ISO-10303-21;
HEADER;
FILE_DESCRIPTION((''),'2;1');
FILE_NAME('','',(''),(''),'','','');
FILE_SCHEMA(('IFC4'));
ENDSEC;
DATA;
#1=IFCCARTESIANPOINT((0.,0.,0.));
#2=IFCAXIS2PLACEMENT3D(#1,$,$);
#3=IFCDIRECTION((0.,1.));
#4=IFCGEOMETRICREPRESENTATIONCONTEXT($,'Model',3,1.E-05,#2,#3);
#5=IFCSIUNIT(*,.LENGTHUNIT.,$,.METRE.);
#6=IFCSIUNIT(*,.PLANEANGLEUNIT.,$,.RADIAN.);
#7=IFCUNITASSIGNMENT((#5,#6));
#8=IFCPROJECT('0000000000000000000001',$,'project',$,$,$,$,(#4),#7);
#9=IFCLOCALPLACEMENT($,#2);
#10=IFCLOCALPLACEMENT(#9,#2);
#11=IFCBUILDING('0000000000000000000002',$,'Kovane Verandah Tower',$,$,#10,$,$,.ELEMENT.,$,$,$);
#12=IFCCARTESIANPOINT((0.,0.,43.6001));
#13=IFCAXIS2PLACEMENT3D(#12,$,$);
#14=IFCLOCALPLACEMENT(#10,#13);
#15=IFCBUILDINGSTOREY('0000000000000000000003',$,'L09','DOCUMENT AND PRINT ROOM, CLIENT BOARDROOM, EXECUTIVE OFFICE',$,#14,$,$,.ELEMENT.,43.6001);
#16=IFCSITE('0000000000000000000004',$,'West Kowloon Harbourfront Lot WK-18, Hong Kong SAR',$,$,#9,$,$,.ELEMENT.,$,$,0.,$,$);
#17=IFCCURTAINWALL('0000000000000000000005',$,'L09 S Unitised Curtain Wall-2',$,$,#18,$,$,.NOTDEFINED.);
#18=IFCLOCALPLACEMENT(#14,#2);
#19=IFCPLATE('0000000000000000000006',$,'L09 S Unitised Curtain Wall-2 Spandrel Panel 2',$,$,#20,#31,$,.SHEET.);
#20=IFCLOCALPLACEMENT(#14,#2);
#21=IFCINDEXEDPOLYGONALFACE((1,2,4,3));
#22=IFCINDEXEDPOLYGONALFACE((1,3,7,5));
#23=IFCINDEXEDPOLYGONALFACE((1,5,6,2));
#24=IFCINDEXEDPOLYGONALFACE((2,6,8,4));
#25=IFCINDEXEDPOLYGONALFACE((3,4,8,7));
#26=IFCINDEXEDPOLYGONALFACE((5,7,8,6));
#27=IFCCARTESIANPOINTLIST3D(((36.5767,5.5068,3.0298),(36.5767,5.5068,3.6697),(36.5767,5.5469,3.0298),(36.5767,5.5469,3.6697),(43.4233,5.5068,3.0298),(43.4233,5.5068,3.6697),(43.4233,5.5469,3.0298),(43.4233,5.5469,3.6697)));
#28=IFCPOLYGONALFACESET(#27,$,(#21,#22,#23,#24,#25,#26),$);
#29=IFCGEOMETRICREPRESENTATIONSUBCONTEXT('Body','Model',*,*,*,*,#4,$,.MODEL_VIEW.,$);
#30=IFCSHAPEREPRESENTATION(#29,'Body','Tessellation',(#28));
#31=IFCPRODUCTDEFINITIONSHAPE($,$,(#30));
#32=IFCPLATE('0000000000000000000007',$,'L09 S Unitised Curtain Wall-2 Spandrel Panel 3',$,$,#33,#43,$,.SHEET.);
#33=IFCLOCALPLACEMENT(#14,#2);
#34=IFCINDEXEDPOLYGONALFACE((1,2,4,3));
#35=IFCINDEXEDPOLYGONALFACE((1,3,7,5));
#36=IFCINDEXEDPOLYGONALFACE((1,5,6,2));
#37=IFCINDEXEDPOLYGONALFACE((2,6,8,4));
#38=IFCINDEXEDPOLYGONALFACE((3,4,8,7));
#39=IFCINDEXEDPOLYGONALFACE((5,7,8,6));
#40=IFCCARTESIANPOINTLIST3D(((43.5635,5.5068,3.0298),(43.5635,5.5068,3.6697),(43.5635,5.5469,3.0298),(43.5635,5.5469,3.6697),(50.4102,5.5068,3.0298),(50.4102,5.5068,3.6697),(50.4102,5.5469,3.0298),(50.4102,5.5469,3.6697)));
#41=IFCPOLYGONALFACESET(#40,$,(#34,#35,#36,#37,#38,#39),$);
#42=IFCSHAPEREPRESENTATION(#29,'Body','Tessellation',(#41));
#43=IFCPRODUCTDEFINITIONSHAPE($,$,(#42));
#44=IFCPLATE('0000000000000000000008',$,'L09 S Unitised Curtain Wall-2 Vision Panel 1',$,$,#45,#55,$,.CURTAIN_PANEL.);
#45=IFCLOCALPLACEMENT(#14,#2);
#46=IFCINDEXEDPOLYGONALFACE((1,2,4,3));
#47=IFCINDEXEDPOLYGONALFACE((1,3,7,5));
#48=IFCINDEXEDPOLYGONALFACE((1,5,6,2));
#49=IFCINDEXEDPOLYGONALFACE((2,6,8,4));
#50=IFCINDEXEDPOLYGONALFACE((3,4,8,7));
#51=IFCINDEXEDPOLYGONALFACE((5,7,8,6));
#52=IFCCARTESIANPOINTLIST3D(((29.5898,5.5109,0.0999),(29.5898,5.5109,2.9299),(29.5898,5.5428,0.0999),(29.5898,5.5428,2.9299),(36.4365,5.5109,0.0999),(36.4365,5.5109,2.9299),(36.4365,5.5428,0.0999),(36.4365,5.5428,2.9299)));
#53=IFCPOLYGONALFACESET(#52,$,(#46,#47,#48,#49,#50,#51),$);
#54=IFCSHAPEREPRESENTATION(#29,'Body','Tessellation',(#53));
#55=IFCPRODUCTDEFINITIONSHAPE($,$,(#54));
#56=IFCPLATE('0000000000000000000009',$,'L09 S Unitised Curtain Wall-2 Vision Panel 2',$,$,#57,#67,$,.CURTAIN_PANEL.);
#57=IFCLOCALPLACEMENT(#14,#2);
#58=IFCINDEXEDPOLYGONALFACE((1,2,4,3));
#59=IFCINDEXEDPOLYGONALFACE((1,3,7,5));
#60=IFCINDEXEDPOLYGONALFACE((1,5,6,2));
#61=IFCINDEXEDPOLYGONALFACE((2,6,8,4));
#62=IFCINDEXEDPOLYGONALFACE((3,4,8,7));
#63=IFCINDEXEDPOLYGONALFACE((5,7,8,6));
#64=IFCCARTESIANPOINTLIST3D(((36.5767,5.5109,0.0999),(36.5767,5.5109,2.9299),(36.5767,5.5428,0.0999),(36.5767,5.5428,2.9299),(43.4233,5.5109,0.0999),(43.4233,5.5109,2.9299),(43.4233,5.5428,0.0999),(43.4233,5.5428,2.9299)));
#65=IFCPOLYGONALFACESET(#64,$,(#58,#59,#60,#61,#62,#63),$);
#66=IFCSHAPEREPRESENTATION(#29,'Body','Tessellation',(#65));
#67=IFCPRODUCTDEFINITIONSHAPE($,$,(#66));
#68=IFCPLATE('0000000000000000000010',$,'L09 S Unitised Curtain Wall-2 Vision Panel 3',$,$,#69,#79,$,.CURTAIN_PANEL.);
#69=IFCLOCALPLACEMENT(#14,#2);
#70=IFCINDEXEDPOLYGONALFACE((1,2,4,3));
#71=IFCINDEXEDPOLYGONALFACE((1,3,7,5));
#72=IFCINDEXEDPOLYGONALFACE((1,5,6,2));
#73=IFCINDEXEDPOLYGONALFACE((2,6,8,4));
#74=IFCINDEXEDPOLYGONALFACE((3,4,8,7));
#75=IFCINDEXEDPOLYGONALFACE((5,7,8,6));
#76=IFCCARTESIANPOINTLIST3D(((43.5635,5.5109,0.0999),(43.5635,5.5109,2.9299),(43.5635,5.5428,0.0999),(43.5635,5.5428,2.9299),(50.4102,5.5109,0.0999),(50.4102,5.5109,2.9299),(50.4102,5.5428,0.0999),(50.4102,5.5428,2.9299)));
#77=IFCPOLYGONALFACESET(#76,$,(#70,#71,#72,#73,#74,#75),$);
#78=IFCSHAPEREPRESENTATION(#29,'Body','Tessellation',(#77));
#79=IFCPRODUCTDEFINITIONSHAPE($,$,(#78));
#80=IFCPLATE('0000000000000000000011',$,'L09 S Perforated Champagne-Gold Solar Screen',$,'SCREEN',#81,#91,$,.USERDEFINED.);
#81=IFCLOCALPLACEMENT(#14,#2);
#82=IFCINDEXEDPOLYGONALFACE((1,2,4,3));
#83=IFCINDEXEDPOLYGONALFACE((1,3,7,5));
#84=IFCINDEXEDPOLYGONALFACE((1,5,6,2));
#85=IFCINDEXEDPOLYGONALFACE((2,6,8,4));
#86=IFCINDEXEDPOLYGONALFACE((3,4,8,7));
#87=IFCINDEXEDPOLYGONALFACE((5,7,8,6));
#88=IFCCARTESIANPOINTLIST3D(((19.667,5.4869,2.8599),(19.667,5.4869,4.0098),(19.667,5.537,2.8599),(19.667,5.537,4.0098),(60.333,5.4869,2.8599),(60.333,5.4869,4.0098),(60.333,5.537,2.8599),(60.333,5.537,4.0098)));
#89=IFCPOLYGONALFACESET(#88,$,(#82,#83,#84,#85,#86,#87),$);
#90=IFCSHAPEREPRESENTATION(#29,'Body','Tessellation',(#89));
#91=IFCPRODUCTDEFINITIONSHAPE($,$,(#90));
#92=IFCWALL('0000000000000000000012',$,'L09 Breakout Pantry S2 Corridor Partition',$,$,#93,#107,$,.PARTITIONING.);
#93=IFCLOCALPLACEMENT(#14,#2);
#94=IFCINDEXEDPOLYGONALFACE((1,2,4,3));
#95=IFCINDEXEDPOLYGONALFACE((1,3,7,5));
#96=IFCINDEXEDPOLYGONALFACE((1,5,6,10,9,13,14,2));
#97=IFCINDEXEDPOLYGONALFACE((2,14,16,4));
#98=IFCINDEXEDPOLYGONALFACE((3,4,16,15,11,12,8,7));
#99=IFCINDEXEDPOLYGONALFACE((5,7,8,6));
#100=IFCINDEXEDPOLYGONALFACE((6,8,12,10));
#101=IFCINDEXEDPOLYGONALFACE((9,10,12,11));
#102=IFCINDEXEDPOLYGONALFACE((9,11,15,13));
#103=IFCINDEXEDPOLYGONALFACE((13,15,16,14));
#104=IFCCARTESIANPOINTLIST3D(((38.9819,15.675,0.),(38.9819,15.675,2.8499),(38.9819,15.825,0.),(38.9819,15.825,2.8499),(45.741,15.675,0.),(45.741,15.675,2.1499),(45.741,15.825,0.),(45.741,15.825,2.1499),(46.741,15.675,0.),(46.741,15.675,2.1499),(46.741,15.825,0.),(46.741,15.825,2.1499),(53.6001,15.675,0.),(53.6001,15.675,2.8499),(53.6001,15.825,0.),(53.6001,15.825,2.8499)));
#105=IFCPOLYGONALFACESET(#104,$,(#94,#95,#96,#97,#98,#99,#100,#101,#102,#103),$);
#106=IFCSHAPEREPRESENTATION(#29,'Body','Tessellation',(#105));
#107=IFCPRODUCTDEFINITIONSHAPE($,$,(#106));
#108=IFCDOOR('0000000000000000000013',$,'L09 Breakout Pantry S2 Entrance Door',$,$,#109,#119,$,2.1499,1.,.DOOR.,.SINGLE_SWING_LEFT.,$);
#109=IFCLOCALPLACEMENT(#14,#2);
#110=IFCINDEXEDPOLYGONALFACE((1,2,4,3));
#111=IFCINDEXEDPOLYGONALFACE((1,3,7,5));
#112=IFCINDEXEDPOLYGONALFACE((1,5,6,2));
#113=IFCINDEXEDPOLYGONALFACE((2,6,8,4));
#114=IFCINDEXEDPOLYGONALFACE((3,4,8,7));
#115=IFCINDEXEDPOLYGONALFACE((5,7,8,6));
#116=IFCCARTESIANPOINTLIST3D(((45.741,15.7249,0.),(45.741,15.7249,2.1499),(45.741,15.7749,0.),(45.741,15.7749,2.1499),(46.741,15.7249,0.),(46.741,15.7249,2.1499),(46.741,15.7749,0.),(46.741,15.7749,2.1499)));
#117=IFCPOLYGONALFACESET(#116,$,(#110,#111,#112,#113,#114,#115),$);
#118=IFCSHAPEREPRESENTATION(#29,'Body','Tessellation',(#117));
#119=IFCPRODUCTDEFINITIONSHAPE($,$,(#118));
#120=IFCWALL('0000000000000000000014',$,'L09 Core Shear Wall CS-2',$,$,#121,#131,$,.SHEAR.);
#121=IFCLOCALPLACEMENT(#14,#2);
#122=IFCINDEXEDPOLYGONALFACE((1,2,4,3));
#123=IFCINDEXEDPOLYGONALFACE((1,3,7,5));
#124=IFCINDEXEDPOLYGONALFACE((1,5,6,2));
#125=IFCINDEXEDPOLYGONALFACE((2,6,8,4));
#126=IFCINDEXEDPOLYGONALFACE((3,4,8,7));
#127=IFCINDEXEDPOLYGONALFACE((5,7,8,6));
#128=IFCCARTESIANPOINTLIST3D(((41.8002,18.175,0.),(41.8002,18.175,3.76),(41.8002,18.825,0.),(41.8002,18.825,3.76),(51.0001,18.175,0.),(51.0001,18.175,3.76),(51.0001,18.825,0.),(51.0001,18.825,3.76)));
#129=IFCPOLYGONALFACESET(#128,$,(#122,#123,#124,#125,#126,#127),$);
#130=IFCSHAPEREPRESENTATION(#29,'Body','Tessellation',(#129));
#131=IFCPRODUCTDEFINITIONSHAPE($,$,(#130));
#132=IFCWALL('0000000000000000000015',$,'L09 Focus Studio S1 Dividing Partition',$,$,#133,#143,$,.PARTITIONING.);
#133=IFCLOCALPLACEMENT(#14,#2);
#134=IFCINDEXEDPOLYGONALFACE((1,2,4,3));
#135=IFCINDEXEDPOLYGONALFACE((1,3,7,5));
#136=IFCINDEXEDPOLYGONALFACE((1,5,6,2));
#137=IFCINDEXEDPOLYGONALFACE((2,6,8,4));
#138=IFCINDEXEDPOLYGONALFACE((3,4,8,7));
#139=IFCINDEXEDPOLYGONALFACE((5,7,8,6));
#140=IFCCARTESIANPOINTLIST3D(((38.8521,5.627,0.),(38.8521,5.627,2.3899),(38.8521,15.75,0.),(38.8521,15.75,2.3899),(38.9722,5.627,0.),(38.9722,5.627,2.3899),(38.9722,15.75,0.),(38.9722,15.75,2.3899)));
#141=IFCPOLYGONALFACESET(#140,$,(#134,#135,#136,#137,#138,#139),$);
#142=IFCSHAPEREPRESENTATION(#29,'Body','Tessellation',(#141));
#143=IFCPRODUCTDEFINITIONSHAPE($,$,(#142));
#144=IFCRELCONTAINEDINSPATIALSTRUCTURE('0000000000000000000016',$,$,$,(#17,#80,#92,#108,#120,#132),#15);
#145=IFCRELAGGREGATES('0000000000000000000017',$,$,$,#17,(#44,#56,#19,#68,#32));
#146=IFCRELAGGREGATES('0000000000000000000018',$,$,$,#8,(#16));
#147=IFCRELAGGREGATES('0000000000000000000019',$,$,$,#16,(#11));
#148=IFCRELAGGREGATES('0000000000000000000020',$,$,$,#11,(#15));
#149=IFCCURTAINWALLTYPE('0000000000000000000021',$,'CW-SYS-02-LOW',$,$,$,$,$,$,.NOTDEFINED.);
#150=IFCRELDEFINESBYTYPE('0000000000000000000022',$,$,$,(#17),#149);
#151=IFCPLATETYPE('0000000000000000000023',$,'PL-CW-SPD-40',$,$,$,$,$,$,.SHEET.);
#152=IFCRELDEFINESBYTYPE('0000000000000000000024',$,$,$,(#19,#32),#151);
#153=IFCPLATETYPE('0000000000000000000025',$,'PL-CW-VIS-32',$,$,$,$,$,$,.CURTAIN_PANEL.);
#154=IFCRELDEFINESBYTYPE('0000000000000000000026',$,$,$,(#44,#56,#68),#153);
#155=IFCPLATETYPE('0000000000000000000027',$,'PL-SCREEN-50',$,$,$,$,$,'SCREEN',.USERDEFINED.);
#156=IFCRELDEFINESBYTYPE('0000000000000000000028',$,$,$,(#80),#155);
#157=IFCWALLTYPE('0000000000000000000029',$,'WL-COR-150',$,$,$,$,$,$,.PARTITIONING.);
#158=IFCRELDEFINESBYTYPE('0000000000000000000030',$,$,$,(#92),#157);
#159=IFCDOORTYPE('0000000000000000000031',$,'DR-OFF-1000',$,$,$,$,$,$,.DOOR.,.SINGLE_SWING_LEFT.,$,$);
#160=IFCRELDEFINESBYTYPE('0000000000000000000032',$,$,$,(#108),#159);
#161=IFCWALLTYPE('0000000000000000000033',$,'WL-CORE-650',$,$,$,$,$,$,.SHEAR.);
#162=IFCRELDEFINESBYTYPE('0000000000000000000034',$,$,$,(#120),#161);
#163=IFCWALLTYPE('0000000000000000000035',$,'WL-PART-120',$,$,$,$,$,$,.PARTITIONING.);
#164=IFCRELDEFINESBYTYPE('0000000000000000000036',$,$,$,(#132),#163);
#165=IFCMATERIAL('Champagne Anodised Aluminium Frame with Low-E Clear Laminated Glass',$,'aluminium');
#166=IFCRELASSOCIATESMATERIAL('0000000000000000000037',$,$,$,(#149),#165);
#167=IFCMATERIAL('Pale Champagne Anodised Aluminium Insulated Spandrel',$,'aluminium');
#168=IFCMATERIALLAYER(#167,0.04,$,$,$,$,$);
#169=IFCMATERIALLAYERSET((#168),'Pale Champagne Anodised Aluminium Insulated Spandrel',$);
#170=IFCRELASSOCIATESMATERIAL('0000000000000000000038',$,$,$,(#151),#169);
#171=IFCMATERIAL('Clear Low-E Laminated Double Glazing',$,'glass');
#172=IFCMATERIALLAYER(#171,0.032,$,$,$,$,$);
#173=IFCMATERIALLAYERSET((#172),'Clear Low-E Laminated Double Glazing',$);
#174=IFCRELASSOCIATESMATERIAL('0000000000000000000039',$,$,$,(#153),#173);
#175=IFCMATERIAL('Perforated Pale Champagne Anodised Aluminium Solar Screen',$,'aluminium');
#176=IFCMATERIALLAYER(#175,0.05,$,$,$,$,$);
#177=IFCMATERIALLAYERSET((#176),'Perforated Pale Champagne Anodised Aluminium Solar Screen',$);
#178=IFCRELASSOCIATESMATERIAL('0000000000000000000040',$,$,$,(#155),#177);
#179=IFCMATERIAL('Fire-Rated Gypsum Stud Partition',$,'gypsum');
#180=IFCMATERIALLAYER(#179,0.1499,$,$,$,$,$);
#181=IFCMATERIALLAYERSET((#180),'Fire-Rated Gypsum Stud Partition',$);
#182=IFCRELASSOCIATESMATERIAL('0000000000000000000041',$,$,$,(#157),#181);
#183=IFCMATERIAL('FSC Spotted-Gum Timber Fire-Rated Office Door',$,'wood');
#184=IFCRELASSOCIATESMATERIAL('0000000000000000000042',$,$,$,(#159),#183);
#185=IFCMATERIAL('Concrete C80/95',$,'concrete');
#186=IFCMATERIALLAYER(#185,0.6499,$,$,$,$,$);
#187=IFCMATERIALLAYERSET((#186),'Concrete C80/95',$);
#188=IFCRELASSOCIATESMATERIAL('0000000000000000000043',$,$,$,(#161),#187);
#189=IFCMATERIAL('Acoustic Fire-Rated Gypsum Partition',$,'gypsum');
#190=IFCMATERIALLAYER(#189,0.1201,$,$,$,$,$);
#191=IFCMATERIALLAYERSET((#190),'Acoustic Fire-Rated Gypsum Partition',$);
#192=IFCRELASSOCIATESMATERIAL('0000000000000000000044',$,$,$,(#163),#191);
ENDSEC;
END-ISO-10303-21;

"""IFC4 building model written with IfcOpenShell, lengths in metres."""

from ifc_helpers import new_model, si_unit, direction, frame, frame_2d, origin, origin_2d, place, context, subcontext, project, spatial, rectangle, extrude, material, layer, layer_set, type_object, element, fill, aggregate, save


model = new_model("IFC4")

# Units and contexts
model_context = context("Model", 3, precision=1e-05, world=origin(), true_north=direction((0.0, 1.0)))
body_context = subcontext(model_context, "Body", "Model", "MODEL_VIEW")
ifc_project = project(units=[si_unit("LENGTHUNIT", "METRE"), si_unit("PLANEANGLEUNIT", "RADIAN")], contexts=[model_context])

# Site, building, storey
site_placement = place(None, origin())
site = spatial("IfcSite", under=ifc_project, at=site_placement, Name="West Kowloon Harbourfront Lot WK-18, Hong Kong SAR", CompositionType="ELEMENT", RefElevation=0.0)
building_placement = place(site_placement, origin())
building = spatial("IfcBuilding", under=site, at=building_placement, Name="Kovane Verandah Tower", CompositionType="ELEMENT")
storey_placement = place(building_placement, frame((0.0, 0.0, 43.6001)))
storey = spatial("IfcBuildingStorey", under=building, at=storey_placement, Name="L09", Description="DOCUMENT AND PRINT ROOM, CLIENT BOARDROOM, EXECUTIVE OFFICE", CompositionType="ELEMENT", Elevation=43.6001)

# Shared definitions
ifc_material_1 = material(Name="Concrete C80/95", Category="concrete")

# Curtain wall, plates
ifc_material_2 = material(Name="Champagne Anodised Aluminium Frame with Low-E Clear Laminated Glass", Category="aluminium")
curtain_wall_type = type_object("IfcCurtainWallType", Name="CW-SYS-02-LOW", PredefinedType="NOTDEFINED", material=ifc_material_2)
curtain_wall_placement = place(storey_placement, origin())
curtain_wall = element("IfcCurtainWall", 1, at=curtain_wall_placement, inside=storey, type_object=curtain_wall_type, Name="L09 S Unitised Curtain Wall-2", PredefinedType="NOTDEFINED")
ifc_material_3 = material(Name="Pale Champagne Anodised Aluminium Insulated Spandrel", Category="aluminium")
ifc_layer_1 = layer(ifc_material_3, 0.04)
ifc_layer_set_1 = layer_set([ifc_layer_1], Name="Pale Champagne Anodised Aluminium Insulated Spandrel")
plate_type_1 = type_object("IfcPlateType", Name="PL-CW-SPD-40", PredefinedType="SHEET", material=ifc_layer_set_1)
plate_1_placement = place(storey_placement, frame((40.0, 5.5269, 3.0298), z_axis=(0.0, 0.0, 1.0), x_axis=(1.0, 0.0, 0.0)))
plate_1 = element("IfcPlate", 2, at=plate_1_placement, type_object=plate_type_1, Name="L09 S Unitised Curtain Wall-2 Spandrel Panel 2", PredefinedType="SHEET", context=body_context, shape_type="SweptSolid", body=[
    extrude(rectangle(XDim=6.8467, YDim=0.04, at=origin_2d()), origin(), (0.0, 0.0, 1.0), 0.6399),
])
plate_2_placement = place(storey_placement, frame((46.9868, 5.5269, 3.0298), z_axis=(0.0, 0.0, 1.0), x_axis=(1.0, 0.0, 0.0)))
plate_2 = element("IfcPlate", 3, at=plate_2_placement, type_object=plate_type_1, Name="L09 S Unitised Curtain Wall-2 Spandrel Panel 3", PredefinedType="SHEET", context=body_context, shape_type="SweptSolid", body=[
    extrude(rectangle(XDim=6.8467, YDim=0.04, at=origin_2d()), origin(), (0.0, 0.0, 1.0), 0.6399),
])
ifc_material_4 = material(Name="Clear Low-E Laminated Double Glazing", Category="glass")
ifc_layer_2 = layer(ifc_material_4, 0.032)
ifc_layer_set_2 = layer_set([ifc_layer_2], Name="Clear Low-E Laminated Double Glazing")
plate_type_2 = type_object("IfcPlateType", Name="PL-CW-VIS-32", PredefinedType="CURTAIN_PANEL", material=ifc_layer_set_2)
plate_3_placement = place(storey_placement, frame((33.0132, 5.5269, 0.0999), z_axis=(0.0, 0.0, 1.0), x_axis=(1.0, 0.0, 0.0)))
plate_3 = element("IfcPlate", 4, at=plate_3_placement, type_object=plate_type_2, Name="L09 S Unitised Curtain Wall-2 Vision Panel 1", PredefinedType="CURTAIN_PANEL", context=body_context, shape_type="SweptSolid", body=[
    extrude(rectangle(XDim=6.8467, YDim=0.032, at=origin_2d()), origin(), (0.0, 0.0, 1.0), 2.8301),
])
plate_4_placement = place(storey_placement, frame((40.0, 5.5269, 0.0999), z_axis=(0.0, 0.0, 1.0), x_axis=(1.0, 0.0, 0.0)))
plate_4 = element("IfcPlate", 5, at=plate_4_placement, type_object=plate_type_2, Name="L09 S Unitised Curtain Wall-2 Vision Panel 2", PredefinedType="CURTAIN_PANEL", context=body_context, shape_type="SweptSolid", body=[
    extrude(rectangle(XDim=6.8467, YDim=0.032, at=origin_2d()), origin(), (0.0, 0.0, 1.0), 2.8301),
])
plate_5_placement = place(storey_placement, frame((46.9868, 5.5269, 0.0999), z_axis=(0.0, 0.0, 1.0), x_axis=(1.0, 0.0, 0.0)))
plate_5 = element("IfcPlate", 6, at=plate_5_placement, type_object=plate_type_2, Name="L09 S Unitised Curtain Wall-2 Vision Panel 3", PredefinedType="CURTAIN_PANEL", context=body_context, shape_type="SweptSolid", body=[
    extrude(rectangle(XDim=6.8467, YDim=0.032, at=origin_2d()), origin(), (0.0, 0.0, 1.0), 2.8301),
])
aggregate(curtain_wall, [plate_3, plate_4, plate_1, plate_5, plate_2])

# Plate
ifc_material_5 = material(Name="Perforated Pale Champagne Anodised Aluminium Solar Screen", Category="aluminium")
ifc_layer_3 = layer(ifc_material_5, 0.05)
ifc_layer_set_3 = layer_set([ifc_layer_3], Name="Perforated Pale Champagne Anodised Aluminium Solar Screen")
plate_type_3 = type_object("IfcPlateType", Name="PL-SCREEN-50", ElementType="SCREEN", PredefinedType="USERDEFINED", material=ifc_layer_set_3)
plate_6_placement = place(storey_placement, frame((40.0, 5.512, 2.8599), z_axis=(0.0, 0.0, 1.0), x_axis=(1.0, 0.0, 0.0)))
element("IfcPlate", 7, at=plate_6_placement, inside=storey, type_object=plate_type_3, Name="L09 S Perforated Champagne-Gold Solar Screen", ObjectType="SCREEN", PredefinedType="USERDEFINED", context=body_context, shape_type="SweptSolid", body=[
    extrude(rectangle(XDim=40.666, YDim=0.05, at=origin_2d()), origin(), (0.0, 0.0, 1.0), 1.1499),
])

# Wall, opening, door
ifc_material_6 = material(Name="Fire-Rated Gypsum Stud Partition", Category="gypsum")
ifc_layer_4 = layer(ifc_material_6, 0.1499)
ifc_layer_set_4 = layer_set([ifc_layer_4], Name="Fire-Rated Gypsum Stud Partition")
wall_type_1 = type_object("IfcWallType", Name="WL-COR-150", PredefinedType="PARTITIONING", material=ifc_layer_set_4)
wall_1_placement = place(storey_placement, frame((38.9819, 15.75, 0.0), z_axis=(0.0, 0.0, 1.0), x_axis=(1.0, 0.0, 0.0)))
wall_1 = element("IfcWall", 8, at=wall_1_placement, inside=storey, type_object=wall_type_1, Name="L09 Breakout Pantry S2 Corridor Partition", PredefinedType="PARTITIONING", context=body_context, shape_type="SweptSolid", body=[
    extrude(rectangle(XDim=14.6182, YDim=0.1499, at=frame_2d((7.3091, 0.0))), origin(), (0.0, 0.0, 1.0), 2.8499),
])
opening_placement = place(wall_1_placement, frame((6.759, 0.0, 0.0)))
opening = element("IfcOpeningElement", 9, at=opening_placement, cuts=wall_1, PredefinedType="OPENING", context=body_context, shape_type="SweptSolid", body=[
    extrude(rectangle(XDim=1.0, YDim=2.1499, at=frame_2d((0.5, 1.075))), frame((0.0, 0.075, 0.0), z_axis=(0.0, -1.0, 0.0), x_axis=(1.0, 0.0, 0.0)), (0.0, 0.0, 1.0), 0.1499),
])
ifc_material_7 = material(Name="FSC Spotted-Gum Timber Fire-Rated Office Door", Category="wood")
door_type = type_object("IfcDoorType", Name="DR-OFF-1000", OperationType="SINGLE_SWING_LEFT", PredefinedType="DOOR", material=ifc_material_7)
door_placement = place(opening_placement, origin())
door = element("IfcDoor", 10, at=door_placement, inside=storey, type_object=door_type, Name="L09 Breakout Pantry S2 Entrance Door", OperationType="SINGLE_SWING_LEFT", OverallHeight=2.1499, OverallWidth=1.0, PredefinedType="DOOR", context=body_context, shape_type="SweptSolid", body=[
    extrude(rectangle(XDim=1.0, YDim=2.1499, at=frame_2d((0.5, 1.075))), frame((0.0, 0.0249, 0.0), z_axis=(0.0, -1.0, 0.0), x_axis=(1.0, 0.0, 0.0)), (0.0, 0.0, 1.0), 0.05),
])
fill(opening, door)

# Walls
ifc_layer_5 = layer(ifc_material_1, 0.6499)
ifc_layer_set_5 = layer_set([ifc_layer_5], Name="Concrete C80/95")
wall_type_2 = type_object("IfcWallType", Name="WL-CORE-650", PredefinedType="SHEAR", material=ifc_layer_set_5)
wall_2_placement = place(storey_placement, frame((41.8, 18.5, 0.0), z_axis=(0.0, 0.0, 1.0), x_axis=(1.0, 0.0, 0.0)))
element("IfcWall", 11, at=wall_2_placement, inside=storey, type_object=wall_type_2, Name="L09 Core Shear Wall CS-2", PredefinedType="SHEAR", context=body_context, shape_type="SweptSolid", body=[
    extrude(rectangle(XDim=9.2, YDim=0.6499, at=frame_2d((4.6001, 0.0))), origin(), (0.0, 0.0, 1.0), 3.76),
])
ifc_material_8 = material(Name="Acoustic Fire-Rated Gypsum Partition", Category="gypsum")
ifc_layer_6 = layer(ifc_material_8, 0.1201)
ifc_layer_set_6 = layer_set([ifc_layer_6], Name="Acoustic Fire-Rated Gypsum Partition")
wall_type_3 = type_object("IfcWallType", Name="WL-PART-120", PredefinedType="PARTITIONING", material=ifc_layer_set_6)
wall_3_placement = place(storey_placement, frame((38.9121, 5.627, 0.0), z_axis=(0.0, 0.0, 1.0), x_axis=(0.0, 1.0, 0.0)))
element("IfcWall", 12, at=wall_3_placement, inside=storey, type_object=wall_type_3, Name="L09 Focus Studio S1 Dividing Partition", PredefinedType="PARTITIONING", context=body_context, shape_type="SweptSolid", body=[
    extrude(rectangle(XDim=10.123, YDim=0.1201, at=frame_2d((5.0615, 0.0))), origin(), (0.0, 0.0, 1.0), 2.3899),
])

save(model, "model.ifc")
